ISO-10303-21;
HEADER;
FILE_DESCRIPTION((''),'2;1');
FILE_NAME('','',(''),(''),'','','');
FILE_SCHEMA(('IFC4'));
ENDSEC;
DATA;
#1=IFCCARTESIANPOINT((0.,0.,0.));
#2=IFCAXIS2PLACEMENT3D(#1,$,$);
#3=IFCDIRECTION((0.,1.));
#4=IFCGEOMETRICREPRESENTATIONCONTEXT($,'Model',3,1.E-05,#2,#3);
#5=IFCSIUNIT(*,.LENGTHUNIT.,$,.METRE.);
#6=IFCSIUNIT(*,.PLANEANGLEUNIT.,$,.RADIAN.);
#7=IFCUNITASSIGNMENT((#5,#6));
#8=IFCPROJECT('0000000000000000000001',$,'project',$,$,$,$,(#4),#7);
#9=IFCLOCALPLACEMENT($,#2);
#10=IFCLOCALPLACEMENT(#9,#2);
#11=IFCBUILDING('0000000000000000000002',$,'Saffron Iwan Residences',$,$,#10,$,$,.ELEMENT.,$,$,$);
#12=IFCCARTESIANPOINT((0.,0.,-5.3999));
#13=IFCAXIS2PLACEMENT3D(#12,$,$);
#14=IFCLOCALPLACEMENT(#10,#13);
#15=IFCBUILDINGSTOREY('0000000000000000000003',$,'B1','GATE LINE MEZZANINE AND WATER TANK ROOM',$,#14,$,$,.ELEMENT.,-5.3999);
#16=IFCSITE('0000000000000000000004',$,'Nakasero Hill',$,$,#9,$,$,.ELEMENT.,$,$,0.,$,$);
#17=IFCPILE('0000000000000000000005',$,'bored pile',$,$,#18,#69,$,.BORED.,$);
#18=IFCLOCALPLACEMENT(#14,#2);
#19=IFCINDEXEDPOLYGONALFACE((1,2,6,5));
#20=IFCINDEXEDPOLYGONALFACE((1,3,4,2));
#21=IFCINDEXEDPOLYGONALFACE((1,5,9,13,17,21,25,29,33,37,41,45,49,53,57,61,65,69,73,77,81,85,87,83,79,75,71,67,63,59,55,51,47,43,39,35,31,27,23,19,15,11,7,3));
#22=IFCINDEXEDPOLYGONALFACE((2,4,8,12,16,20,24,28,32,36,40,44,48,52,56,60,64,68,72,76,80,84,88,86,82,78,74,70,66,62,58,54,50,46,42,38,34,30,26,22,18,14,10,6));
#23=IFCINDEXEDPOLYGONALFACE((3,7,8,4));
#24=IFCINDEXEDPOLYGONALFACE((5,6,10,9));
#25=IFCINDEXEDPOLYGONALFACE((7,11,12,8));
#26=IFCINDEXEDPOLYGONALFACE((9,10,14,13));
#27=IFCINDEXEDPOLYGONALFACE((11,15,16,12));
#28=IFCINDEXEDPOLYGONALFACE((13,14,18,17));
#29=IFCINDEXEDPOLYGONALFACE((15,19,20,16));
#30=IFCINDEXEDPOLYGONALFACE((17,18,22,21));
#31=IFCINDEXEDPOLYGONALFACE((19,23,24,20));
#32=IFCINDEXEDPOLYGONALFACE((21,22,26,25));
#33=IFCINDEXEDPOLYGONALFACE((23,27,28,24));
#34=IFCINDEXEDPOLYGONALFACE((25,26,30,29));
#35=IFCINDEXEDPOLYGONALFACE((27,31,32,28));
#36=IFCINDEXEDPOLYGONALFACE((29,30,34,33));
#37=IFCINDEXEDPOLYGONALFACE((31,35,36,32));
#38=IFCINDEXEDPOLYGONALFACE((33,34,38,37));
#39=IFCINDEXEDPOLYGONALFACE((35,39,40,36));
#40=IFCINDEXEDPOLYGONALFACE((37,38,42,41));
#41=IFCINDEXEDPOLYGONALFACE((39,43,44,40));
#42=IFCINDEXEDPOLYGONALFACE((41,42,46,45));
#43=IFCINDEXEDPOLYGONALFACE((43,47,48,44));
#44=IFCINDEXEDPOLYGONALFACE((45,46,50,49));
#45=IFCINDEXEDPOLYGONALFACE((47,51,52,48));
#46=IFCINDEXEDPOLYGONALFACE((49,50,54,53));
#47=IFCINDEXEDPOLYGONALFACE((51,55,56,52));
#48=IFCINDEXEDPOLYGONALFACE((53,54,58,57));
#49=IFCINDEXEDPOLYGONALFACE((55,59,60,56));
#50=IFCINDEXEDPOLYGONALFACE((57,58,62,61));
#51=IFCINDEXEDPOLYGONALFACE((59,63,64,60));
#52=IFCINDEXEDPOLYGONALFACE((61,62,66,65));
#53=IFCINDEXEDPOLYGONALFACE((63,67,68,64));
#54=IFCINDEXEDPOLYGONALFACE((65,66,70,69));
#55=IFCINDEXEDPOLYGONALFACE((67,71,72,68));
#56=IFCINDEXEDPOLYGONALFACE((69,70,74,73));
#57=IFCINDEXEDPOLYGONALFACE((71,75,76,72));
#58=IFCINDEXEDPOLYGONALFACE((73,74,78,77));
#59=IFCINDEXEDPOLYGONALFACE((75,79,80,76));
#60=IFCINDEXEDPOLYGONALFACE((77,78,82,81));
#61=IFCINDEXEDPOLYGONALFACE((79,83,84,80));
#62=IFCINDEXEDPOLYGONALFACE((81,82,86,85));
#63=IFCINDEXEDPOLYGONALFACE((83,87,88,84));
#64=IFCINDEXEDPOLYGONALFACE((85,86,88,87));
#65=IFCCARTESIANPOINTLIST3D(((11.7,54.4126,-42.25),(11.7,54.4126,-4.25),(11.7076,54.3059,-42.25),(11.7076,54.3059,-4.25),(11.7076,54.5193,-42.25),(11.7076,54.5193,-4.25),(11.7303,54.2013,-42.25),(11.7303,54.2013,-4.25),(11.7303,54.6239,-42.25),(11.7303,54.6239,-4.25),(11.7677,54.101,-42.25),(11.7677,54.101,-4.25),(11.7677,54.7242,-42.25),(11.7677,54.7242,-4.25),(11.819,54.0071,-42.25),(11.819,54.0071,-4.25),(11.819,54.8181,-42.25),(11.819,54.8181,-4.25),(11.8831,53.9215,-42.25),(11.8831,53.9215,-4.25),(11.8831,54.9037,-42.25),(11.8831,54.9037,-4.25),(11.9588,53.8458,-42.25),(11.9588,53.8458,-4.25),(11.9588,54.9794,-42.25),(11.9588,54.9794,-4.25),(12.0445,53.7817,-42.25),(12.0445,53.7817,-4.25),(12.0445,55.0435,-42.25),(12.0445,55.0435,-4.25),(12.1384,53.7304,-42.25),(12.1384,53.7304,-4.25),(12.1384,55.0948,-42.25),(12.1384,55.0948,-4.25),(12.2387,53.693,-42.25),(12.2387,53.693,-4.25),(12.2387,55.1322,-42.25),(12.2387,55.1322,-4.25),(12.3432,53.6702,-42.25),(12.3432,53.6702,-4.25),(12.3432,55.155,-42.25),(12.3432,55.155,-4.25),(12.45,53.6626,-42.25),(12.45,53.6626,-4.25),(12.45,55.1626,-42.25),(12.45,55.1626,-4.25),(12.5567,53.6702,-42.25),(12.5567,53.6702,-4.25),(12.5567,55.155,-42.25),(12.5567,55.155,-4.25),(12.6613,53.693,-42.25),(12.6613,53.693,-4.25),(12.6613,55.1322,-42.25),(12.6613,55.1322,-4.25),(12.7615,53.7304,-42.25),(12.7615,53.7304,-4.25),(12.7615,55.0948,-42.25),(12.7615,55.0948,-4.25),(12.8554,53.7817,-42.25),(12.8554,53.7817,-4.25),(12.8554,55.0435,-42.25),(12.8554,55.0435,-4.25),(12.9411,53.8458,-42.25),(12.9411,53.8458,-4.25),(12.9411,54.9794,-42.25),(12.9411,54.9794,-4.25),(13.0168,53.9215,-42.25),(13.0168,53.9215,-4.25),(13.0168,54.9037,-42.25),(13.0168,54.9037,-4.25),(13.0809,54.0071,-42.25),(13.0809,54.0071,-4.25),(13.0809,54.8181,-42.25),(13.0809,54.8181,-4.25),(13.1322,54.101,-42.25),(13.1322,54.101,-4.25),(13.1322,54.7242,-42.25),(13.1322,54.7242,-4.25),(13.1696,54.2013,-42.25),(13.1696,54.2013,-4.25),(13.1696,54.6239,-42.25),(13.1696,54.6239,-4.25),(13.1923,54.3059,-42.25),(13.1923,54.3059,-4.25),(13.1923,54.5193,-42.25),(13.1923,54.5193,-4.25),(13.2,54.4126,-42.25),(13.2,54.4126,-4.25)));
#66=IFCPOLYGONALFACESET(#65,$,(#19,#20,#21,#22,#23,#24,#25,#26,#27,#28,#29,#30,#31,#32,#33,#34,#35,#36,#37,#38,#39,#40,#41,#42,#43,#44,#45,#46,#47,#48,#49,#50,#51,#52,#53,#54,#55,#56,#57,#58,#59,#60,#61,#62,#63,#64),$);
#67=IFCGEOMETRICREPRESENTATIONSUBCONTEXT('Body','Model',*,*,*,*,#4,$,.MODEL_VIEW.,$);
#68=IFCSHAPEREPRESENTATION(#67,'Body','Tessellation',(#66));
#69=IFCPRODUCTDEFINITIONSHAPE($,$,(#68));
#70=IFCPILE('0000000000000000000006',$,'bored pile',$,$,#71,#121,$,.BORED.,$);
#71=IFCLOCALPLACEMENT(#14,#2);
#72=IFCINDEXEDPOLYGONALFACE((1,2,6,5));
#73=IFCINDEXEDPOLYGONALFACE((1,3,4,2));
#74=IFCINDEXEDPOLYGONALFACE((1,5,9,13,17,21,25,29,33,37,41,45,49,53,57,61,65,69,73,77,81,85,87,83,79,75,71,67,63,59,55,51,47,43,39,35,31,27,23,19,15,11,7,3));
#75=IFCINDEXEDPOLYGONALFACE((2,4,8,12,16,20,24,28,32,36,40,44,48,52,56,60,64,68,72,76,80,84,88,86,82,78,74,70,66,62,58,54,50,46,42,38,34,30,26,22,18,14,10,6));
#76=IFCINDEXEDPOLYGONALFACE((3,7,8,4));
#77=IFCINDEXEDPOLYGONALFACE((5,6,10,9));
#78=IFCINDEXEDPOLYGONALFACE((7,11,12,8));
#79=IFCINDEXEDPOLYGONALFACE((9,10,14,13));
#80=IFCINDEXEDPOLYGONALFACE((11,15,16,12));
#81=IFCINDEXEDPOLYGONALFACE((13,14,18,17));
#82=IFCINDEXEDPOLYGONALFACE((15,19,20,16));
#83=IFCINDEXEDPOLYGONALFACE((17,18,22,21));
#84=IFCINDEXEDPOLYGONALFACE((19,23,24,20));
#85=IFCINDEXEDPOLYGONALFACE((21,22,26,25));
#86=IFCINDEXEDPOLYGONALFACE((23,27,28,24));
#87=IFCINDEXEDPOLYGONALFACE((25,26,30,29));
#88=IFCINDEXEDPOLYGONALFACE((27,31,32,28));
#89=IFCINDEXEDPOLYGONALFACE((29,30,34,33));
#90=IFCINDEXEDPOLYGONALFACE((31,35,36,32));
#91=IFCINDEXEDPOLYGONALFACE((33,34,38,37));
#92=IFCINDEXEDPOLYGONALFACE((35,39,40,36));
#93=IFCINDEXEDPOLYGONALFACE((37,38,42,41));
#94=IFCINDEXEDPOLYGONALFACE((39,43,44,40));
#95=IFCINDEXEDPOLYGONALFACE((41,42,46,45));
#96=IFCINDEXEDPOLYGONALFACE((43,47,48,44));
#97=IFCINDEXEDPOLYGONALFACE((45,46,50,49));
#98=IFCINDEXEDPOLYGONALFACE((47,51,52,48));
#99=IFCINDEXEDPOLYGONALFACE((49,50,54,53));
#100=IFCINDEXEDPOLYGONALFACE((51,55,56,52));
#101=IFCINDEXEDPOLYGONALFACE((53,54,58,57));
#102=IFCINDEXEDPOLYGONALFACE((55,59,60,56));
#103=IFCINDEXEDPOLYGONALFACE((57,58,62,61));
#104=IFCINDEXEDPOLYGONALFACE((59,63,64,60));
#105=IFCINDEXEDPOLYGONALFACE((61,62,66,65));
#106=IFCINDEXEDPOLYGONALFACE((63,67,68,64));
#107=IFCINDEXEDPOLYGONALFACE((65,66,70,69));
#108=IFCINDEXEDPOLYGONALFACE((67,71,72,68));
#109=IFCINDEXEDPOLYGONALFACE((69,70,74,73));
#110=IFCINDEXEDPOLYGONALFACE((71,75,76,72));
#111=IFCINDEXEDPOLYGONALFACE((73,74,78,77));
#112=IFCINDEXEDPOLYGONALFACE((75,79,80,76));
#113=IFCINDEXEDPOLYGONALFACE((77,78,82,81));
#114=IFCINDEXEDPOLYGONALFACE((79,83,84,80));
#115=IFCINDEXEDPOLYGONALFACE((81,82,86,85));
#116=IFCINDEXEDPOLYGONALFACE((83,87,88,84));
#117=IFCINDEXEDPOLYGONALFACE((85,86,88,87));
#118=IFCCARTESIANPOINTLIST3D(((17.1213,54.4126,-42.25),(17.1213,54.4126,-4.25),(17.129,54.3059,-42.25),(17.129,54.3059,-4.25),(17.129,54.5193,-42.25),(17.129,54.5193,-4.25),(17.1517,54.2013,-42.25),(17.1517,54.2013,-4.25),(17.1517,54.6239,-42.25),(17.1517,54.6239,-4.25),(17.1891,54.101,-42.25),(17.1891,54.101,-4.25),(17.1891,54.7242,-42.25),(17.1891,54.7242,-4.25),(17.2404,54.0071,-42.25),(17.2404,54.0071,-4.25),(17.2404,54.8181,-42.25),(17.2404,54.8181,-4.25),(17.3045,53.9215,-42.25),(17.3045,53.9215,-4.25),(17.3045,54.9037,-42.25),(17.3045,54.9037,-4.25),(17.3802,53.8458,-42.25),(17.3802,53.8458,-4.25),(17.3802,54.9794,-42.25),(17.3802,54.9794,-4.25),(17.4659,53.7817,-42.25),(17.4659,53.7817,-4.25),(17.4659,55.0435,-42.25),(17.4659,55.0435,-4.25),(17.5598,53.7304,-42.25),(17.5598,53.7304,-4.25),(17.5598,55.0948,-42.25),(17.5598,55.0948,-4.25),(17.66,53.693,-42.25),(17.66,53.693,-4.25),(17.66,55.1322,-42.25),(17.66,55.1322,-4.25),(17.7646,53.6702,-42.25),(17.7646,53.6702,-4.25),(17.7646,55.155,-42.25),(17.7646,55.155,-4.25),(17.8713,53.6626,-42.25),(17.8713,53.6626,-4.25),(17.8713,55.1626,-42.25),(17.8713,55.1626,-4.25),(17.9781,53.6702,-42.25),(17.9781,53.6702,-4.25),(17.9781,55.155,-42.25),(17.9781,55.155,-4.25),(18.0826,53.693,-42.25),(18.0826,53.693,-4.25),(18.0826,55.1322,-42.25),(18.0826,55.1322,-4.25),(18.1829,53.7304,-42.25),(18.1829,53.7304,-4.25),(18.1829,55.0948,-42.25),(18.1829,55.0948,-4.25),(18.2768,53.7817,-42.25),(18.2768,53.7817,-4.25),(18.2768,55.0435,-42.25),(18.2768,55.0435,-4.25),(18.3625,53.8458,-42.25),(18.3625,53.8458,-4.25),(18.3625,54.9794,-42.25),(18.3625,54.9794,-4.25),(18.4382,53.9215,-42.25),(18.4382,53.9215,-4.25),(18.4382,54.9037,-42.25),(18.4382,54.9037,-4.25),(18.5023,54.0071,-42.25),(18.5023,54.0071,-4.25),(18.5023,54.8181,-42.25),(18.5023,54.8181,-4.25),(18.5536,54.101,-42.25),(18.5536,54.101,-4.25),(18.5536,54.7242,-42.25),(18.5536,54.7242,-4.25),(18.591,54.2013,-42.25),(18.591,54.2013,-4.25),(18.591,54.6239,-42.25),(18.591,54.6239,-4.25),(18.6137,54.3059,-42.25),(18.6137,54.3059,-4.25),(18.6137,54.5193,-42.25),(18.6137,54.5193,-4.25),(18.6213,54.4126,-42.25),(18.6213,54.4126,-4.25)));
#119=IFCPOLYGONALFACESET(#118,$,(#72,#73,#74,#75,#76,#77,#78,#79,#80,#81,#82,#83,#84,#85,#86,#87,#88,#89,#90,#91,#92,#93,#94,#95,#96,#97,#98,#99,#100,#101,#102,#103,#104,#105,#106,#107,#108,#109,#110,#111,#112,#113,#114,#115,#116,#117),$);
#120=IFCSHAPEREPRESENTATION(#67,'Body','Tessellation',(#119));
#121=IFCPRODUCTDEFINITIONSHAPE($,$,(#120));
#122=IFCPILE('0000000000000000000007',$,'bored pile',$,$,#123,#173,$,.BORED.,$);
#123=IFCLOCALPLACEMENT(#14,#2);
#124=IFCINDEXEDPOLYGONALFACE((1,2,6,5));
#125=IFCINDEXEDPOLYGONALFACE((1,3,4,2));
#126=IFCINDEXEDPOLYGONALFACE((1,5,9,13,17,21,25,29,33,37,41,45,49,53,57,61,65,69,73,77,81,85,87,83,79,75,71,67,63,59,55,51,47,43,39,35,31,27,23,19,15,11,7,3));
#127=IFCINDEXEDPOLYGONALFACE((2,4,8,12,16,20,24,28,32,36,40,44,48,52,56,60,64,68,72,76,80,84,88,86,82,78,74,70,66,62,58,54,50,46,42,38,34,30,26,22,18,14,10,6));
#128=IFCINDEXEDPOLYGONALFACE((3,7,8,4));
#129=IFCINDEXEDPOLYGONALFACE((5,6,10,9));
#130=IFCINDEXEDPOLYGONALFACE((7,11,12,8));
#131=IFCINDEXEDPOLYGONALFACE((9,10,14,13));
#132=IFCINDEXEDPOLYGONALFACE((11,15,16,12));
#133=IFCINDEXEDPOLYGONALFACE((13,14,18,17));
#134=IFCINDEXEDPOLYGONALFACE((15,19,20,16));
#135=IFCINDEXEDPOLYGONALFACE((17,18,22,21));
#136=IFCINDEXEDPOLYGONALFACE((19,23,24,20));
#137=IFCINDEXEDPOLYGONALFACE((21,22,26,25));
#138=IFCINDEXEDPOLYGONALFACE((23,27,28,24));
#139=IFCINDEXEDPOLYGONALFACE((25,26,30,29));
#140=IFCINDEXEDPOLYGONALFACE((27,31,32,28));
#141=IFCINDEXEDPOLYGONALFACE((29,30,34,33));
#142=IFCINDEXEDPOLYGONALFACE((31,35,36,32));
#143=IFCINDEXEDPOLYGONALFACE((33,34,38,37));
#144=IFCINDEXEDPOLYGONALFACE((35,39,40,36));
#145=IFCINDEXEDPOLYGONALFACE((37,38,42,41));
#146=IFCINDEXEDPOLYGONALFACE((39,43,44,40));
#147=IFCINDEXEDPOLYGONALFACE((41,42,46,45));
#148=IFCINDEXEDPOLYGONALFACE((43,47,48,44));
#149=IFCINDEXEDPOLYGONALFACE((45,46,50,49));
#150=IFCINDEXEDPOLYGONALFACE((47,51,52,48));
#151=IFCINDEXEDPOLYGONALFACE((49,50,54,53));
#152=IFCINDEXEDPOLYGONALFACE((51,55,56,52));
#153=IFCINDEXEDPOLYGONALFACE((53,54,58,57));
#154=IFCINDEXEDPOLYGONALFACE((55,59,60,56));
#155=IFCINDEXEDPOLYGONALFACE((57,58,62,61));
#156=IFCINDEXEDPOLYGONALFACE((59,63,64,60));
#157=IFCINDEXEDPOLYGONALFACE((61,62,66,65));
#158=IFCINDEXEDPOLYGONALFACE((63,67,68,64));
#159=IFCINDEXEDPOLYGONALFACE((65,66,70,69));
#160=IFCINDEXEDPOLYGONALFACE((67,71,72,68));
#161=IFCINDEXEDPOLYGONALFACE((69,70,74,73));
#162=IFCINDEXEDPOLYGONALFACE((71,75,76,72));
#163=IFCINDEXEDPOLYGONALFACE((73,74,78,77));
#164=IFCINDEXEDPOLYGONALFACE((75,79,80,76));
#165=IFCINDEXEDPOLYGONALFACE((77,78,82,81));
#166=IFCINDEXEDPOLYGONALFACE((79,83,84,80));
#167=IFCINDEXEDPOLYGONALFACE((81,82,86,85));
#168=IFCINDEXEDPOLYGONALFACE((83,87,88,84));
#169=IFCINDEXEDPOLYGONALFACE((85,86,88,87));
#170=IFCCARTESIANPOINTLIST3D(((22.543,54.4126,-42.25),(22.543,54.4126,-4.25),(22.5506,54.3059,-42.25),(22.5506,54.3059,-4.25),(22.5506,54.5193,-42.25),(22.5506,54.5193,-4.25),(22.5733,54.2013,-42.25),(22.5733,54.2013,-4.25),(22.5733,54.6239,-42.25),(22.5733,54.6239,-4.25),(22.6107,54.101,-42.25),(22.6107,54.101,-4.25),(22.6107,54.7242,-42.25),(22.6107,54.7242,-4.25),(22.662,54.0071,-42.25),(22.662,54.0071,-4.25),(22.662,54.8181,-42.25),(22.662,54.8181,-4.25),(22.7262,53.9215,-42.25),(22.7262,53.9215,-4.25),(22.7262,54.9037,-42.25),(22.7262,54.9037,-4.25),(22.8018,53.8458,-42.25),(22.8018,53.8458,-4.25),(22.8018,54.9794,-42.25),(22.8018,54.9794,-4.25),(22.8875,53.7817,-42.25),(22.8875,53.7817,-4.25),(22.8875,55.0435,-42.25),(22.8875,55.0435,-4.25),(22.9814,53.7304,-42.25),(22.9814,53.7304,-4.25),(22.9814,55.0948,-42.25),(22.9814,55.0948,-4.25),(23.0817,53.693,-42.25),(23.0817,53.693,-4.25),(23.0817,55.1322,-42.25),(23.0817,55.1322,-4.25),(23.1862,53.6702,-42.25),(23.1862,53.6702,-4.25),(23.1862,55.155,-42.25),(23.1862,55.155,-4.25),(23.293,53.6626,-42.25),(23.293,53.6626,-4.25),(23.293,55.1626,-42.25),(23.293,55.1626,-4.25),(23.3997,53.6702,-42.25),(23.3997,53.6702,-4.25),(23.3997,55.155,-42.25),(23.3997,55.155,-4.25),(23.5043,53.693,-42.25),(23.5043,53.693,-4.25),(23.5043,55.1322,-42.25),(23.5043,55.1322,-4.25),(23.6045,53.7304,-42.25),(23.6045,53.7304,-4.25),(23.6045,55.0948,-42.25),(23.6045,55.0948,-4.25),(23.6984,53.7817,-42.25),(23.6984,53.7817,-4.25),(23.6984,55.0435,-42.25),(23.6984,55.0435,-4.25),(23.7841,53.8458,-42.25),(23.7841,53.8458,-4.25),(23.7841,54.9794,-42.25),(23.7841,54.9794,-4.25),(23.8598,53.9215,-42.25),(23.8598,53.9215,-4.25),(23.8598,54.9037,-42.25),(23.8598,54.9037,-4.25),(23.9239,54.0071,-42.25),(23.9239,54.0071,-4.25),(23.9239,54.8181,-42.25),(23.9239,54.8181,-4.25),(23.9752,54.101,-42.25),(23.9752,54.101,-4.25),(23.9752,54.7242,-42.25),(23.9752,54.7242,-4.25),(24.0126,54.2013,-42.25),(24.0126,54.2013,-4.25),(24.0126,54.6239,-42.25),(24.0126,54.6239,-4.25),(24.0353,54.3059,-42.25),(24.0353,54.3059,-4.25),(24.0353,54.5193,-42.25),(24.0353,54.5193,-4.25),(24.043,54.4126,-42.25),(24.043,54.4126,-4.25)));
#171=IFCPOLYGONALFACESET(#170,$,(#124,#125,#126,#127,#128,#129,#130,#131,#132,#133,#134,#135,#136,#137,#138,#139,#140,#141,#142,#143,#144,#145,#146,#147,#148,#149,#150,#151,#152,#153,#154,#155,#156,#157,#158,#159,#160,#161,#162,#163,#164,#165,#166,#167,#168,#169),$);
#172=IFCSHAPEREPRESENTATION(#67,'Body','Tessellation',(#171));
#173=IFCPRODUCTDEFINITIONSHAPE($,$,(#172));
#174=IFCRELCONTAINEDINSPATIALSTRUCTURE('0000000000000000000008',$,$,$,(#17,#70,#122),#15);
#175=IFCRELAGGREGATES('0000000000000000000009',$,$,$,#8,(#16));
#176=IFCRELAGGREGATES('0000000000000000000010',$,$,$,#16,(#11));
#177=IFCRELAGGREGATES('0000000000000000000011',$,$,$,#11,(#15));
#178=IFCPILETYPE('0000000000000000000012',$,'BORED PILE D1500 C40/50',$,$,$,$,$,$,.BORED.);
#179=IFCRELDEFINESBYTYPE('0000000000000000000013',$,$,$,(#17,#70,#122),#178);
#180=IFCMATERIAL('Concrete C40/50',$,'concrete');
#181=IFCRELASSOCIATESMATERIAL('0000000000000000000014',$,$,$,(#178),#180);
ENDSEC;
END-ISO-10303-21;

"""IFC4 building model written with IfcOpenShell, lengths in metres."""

from ifc_helpers import new_model, si_unit, direction, frame, origin, origin_2d, place, context, subcontext, project, spatial, circle, extrude, material, material_profile, profile_set, type_object, element, save


model = new_model("IFC4")

# Units and contexts
model_context = context("Model", 3, precision=1e-05, world=origin(), true_north=direction((0.0, 1.0)))
body_context = subcontext(model_context, "Body", "Model", "MODEL_VIEW")
ifc_project = project(units=[si_unit("LENGTHUNIT", "METRE"), si_unit("PLANEANGLEUNIT", "RADIAN")], contexts=[model_context])

# Site, building, storey
site_placement = place(None, origin())
site = spatial("IfcSite", under=ifc_project, at=site_placement, Name="Nakasero Hill", CompositionType="ELEMENT", RefElevation=0.0)
building_placement = place(site_placement, origin())
building = spatial("IfcBuilding", under=site, at=building_placement, Name="Saffron Iwan Residences", CompositionType="ELEMENT")
storey_placement = place(building_placement, frame((0.0, 0.0, -5.3999)))
storey = spatial("IfcBuildingStorey", under=building, at=storey_placement, Name="B1", Description="GATE LINE MEZZANINE AND WATER TANK ROOM", CompositionType="ELEMENT", Elevation=-5.3999)

# Piles
ifc_material_1 = material(Name="Concrete C40/50", Category="concrete")
ifc_material_profile_1 = material_profile(ifc_material_1, circle(Radius=0.75, at=origin_2d()), Name="RC D1500")
ifc_profile_set_1 = profile_set([ifc_material_profile_1], Name="Concrete C40/50")
pile_type = type_object("IfcPileType", Name="BORED PILE D1500 C40/50", PredefinedType="BORED", material=ifc_profile_set_1)
for number, where, z_axis, x_axis, name in (
    (1, (12.45, 54.4126, -4.25), (0.0, 0.0, -1.0), (1.0, 0.0, 0.0), "bored pile"),
    (2, (17.8713, 54.4126, -4.25), (0.0, 0.0, -1.0), (1.0, 0.0, 0.0), "bored pile"),
    (3, (23.293, 54.4126, -4.25), (0.0, 0.0, -1.0), (1.0, 0.0, 0.0), "bored pile"),
):
    element("IfcPile", number, at=place(storey_placement, frame(where, z_axis=z_axis, x_axis=x_axis)), inside=storey, type_object=pile_type, Name=name, PredefinedType="BORED", context=body_context, shape_type="SweptSolid", body=[
        extrude(circle(Radius=0.75, at=origin_2d()), origin(), (0.0, 0.0, 1.0), 38.0),
    ])

save(model, "model.ifc")
